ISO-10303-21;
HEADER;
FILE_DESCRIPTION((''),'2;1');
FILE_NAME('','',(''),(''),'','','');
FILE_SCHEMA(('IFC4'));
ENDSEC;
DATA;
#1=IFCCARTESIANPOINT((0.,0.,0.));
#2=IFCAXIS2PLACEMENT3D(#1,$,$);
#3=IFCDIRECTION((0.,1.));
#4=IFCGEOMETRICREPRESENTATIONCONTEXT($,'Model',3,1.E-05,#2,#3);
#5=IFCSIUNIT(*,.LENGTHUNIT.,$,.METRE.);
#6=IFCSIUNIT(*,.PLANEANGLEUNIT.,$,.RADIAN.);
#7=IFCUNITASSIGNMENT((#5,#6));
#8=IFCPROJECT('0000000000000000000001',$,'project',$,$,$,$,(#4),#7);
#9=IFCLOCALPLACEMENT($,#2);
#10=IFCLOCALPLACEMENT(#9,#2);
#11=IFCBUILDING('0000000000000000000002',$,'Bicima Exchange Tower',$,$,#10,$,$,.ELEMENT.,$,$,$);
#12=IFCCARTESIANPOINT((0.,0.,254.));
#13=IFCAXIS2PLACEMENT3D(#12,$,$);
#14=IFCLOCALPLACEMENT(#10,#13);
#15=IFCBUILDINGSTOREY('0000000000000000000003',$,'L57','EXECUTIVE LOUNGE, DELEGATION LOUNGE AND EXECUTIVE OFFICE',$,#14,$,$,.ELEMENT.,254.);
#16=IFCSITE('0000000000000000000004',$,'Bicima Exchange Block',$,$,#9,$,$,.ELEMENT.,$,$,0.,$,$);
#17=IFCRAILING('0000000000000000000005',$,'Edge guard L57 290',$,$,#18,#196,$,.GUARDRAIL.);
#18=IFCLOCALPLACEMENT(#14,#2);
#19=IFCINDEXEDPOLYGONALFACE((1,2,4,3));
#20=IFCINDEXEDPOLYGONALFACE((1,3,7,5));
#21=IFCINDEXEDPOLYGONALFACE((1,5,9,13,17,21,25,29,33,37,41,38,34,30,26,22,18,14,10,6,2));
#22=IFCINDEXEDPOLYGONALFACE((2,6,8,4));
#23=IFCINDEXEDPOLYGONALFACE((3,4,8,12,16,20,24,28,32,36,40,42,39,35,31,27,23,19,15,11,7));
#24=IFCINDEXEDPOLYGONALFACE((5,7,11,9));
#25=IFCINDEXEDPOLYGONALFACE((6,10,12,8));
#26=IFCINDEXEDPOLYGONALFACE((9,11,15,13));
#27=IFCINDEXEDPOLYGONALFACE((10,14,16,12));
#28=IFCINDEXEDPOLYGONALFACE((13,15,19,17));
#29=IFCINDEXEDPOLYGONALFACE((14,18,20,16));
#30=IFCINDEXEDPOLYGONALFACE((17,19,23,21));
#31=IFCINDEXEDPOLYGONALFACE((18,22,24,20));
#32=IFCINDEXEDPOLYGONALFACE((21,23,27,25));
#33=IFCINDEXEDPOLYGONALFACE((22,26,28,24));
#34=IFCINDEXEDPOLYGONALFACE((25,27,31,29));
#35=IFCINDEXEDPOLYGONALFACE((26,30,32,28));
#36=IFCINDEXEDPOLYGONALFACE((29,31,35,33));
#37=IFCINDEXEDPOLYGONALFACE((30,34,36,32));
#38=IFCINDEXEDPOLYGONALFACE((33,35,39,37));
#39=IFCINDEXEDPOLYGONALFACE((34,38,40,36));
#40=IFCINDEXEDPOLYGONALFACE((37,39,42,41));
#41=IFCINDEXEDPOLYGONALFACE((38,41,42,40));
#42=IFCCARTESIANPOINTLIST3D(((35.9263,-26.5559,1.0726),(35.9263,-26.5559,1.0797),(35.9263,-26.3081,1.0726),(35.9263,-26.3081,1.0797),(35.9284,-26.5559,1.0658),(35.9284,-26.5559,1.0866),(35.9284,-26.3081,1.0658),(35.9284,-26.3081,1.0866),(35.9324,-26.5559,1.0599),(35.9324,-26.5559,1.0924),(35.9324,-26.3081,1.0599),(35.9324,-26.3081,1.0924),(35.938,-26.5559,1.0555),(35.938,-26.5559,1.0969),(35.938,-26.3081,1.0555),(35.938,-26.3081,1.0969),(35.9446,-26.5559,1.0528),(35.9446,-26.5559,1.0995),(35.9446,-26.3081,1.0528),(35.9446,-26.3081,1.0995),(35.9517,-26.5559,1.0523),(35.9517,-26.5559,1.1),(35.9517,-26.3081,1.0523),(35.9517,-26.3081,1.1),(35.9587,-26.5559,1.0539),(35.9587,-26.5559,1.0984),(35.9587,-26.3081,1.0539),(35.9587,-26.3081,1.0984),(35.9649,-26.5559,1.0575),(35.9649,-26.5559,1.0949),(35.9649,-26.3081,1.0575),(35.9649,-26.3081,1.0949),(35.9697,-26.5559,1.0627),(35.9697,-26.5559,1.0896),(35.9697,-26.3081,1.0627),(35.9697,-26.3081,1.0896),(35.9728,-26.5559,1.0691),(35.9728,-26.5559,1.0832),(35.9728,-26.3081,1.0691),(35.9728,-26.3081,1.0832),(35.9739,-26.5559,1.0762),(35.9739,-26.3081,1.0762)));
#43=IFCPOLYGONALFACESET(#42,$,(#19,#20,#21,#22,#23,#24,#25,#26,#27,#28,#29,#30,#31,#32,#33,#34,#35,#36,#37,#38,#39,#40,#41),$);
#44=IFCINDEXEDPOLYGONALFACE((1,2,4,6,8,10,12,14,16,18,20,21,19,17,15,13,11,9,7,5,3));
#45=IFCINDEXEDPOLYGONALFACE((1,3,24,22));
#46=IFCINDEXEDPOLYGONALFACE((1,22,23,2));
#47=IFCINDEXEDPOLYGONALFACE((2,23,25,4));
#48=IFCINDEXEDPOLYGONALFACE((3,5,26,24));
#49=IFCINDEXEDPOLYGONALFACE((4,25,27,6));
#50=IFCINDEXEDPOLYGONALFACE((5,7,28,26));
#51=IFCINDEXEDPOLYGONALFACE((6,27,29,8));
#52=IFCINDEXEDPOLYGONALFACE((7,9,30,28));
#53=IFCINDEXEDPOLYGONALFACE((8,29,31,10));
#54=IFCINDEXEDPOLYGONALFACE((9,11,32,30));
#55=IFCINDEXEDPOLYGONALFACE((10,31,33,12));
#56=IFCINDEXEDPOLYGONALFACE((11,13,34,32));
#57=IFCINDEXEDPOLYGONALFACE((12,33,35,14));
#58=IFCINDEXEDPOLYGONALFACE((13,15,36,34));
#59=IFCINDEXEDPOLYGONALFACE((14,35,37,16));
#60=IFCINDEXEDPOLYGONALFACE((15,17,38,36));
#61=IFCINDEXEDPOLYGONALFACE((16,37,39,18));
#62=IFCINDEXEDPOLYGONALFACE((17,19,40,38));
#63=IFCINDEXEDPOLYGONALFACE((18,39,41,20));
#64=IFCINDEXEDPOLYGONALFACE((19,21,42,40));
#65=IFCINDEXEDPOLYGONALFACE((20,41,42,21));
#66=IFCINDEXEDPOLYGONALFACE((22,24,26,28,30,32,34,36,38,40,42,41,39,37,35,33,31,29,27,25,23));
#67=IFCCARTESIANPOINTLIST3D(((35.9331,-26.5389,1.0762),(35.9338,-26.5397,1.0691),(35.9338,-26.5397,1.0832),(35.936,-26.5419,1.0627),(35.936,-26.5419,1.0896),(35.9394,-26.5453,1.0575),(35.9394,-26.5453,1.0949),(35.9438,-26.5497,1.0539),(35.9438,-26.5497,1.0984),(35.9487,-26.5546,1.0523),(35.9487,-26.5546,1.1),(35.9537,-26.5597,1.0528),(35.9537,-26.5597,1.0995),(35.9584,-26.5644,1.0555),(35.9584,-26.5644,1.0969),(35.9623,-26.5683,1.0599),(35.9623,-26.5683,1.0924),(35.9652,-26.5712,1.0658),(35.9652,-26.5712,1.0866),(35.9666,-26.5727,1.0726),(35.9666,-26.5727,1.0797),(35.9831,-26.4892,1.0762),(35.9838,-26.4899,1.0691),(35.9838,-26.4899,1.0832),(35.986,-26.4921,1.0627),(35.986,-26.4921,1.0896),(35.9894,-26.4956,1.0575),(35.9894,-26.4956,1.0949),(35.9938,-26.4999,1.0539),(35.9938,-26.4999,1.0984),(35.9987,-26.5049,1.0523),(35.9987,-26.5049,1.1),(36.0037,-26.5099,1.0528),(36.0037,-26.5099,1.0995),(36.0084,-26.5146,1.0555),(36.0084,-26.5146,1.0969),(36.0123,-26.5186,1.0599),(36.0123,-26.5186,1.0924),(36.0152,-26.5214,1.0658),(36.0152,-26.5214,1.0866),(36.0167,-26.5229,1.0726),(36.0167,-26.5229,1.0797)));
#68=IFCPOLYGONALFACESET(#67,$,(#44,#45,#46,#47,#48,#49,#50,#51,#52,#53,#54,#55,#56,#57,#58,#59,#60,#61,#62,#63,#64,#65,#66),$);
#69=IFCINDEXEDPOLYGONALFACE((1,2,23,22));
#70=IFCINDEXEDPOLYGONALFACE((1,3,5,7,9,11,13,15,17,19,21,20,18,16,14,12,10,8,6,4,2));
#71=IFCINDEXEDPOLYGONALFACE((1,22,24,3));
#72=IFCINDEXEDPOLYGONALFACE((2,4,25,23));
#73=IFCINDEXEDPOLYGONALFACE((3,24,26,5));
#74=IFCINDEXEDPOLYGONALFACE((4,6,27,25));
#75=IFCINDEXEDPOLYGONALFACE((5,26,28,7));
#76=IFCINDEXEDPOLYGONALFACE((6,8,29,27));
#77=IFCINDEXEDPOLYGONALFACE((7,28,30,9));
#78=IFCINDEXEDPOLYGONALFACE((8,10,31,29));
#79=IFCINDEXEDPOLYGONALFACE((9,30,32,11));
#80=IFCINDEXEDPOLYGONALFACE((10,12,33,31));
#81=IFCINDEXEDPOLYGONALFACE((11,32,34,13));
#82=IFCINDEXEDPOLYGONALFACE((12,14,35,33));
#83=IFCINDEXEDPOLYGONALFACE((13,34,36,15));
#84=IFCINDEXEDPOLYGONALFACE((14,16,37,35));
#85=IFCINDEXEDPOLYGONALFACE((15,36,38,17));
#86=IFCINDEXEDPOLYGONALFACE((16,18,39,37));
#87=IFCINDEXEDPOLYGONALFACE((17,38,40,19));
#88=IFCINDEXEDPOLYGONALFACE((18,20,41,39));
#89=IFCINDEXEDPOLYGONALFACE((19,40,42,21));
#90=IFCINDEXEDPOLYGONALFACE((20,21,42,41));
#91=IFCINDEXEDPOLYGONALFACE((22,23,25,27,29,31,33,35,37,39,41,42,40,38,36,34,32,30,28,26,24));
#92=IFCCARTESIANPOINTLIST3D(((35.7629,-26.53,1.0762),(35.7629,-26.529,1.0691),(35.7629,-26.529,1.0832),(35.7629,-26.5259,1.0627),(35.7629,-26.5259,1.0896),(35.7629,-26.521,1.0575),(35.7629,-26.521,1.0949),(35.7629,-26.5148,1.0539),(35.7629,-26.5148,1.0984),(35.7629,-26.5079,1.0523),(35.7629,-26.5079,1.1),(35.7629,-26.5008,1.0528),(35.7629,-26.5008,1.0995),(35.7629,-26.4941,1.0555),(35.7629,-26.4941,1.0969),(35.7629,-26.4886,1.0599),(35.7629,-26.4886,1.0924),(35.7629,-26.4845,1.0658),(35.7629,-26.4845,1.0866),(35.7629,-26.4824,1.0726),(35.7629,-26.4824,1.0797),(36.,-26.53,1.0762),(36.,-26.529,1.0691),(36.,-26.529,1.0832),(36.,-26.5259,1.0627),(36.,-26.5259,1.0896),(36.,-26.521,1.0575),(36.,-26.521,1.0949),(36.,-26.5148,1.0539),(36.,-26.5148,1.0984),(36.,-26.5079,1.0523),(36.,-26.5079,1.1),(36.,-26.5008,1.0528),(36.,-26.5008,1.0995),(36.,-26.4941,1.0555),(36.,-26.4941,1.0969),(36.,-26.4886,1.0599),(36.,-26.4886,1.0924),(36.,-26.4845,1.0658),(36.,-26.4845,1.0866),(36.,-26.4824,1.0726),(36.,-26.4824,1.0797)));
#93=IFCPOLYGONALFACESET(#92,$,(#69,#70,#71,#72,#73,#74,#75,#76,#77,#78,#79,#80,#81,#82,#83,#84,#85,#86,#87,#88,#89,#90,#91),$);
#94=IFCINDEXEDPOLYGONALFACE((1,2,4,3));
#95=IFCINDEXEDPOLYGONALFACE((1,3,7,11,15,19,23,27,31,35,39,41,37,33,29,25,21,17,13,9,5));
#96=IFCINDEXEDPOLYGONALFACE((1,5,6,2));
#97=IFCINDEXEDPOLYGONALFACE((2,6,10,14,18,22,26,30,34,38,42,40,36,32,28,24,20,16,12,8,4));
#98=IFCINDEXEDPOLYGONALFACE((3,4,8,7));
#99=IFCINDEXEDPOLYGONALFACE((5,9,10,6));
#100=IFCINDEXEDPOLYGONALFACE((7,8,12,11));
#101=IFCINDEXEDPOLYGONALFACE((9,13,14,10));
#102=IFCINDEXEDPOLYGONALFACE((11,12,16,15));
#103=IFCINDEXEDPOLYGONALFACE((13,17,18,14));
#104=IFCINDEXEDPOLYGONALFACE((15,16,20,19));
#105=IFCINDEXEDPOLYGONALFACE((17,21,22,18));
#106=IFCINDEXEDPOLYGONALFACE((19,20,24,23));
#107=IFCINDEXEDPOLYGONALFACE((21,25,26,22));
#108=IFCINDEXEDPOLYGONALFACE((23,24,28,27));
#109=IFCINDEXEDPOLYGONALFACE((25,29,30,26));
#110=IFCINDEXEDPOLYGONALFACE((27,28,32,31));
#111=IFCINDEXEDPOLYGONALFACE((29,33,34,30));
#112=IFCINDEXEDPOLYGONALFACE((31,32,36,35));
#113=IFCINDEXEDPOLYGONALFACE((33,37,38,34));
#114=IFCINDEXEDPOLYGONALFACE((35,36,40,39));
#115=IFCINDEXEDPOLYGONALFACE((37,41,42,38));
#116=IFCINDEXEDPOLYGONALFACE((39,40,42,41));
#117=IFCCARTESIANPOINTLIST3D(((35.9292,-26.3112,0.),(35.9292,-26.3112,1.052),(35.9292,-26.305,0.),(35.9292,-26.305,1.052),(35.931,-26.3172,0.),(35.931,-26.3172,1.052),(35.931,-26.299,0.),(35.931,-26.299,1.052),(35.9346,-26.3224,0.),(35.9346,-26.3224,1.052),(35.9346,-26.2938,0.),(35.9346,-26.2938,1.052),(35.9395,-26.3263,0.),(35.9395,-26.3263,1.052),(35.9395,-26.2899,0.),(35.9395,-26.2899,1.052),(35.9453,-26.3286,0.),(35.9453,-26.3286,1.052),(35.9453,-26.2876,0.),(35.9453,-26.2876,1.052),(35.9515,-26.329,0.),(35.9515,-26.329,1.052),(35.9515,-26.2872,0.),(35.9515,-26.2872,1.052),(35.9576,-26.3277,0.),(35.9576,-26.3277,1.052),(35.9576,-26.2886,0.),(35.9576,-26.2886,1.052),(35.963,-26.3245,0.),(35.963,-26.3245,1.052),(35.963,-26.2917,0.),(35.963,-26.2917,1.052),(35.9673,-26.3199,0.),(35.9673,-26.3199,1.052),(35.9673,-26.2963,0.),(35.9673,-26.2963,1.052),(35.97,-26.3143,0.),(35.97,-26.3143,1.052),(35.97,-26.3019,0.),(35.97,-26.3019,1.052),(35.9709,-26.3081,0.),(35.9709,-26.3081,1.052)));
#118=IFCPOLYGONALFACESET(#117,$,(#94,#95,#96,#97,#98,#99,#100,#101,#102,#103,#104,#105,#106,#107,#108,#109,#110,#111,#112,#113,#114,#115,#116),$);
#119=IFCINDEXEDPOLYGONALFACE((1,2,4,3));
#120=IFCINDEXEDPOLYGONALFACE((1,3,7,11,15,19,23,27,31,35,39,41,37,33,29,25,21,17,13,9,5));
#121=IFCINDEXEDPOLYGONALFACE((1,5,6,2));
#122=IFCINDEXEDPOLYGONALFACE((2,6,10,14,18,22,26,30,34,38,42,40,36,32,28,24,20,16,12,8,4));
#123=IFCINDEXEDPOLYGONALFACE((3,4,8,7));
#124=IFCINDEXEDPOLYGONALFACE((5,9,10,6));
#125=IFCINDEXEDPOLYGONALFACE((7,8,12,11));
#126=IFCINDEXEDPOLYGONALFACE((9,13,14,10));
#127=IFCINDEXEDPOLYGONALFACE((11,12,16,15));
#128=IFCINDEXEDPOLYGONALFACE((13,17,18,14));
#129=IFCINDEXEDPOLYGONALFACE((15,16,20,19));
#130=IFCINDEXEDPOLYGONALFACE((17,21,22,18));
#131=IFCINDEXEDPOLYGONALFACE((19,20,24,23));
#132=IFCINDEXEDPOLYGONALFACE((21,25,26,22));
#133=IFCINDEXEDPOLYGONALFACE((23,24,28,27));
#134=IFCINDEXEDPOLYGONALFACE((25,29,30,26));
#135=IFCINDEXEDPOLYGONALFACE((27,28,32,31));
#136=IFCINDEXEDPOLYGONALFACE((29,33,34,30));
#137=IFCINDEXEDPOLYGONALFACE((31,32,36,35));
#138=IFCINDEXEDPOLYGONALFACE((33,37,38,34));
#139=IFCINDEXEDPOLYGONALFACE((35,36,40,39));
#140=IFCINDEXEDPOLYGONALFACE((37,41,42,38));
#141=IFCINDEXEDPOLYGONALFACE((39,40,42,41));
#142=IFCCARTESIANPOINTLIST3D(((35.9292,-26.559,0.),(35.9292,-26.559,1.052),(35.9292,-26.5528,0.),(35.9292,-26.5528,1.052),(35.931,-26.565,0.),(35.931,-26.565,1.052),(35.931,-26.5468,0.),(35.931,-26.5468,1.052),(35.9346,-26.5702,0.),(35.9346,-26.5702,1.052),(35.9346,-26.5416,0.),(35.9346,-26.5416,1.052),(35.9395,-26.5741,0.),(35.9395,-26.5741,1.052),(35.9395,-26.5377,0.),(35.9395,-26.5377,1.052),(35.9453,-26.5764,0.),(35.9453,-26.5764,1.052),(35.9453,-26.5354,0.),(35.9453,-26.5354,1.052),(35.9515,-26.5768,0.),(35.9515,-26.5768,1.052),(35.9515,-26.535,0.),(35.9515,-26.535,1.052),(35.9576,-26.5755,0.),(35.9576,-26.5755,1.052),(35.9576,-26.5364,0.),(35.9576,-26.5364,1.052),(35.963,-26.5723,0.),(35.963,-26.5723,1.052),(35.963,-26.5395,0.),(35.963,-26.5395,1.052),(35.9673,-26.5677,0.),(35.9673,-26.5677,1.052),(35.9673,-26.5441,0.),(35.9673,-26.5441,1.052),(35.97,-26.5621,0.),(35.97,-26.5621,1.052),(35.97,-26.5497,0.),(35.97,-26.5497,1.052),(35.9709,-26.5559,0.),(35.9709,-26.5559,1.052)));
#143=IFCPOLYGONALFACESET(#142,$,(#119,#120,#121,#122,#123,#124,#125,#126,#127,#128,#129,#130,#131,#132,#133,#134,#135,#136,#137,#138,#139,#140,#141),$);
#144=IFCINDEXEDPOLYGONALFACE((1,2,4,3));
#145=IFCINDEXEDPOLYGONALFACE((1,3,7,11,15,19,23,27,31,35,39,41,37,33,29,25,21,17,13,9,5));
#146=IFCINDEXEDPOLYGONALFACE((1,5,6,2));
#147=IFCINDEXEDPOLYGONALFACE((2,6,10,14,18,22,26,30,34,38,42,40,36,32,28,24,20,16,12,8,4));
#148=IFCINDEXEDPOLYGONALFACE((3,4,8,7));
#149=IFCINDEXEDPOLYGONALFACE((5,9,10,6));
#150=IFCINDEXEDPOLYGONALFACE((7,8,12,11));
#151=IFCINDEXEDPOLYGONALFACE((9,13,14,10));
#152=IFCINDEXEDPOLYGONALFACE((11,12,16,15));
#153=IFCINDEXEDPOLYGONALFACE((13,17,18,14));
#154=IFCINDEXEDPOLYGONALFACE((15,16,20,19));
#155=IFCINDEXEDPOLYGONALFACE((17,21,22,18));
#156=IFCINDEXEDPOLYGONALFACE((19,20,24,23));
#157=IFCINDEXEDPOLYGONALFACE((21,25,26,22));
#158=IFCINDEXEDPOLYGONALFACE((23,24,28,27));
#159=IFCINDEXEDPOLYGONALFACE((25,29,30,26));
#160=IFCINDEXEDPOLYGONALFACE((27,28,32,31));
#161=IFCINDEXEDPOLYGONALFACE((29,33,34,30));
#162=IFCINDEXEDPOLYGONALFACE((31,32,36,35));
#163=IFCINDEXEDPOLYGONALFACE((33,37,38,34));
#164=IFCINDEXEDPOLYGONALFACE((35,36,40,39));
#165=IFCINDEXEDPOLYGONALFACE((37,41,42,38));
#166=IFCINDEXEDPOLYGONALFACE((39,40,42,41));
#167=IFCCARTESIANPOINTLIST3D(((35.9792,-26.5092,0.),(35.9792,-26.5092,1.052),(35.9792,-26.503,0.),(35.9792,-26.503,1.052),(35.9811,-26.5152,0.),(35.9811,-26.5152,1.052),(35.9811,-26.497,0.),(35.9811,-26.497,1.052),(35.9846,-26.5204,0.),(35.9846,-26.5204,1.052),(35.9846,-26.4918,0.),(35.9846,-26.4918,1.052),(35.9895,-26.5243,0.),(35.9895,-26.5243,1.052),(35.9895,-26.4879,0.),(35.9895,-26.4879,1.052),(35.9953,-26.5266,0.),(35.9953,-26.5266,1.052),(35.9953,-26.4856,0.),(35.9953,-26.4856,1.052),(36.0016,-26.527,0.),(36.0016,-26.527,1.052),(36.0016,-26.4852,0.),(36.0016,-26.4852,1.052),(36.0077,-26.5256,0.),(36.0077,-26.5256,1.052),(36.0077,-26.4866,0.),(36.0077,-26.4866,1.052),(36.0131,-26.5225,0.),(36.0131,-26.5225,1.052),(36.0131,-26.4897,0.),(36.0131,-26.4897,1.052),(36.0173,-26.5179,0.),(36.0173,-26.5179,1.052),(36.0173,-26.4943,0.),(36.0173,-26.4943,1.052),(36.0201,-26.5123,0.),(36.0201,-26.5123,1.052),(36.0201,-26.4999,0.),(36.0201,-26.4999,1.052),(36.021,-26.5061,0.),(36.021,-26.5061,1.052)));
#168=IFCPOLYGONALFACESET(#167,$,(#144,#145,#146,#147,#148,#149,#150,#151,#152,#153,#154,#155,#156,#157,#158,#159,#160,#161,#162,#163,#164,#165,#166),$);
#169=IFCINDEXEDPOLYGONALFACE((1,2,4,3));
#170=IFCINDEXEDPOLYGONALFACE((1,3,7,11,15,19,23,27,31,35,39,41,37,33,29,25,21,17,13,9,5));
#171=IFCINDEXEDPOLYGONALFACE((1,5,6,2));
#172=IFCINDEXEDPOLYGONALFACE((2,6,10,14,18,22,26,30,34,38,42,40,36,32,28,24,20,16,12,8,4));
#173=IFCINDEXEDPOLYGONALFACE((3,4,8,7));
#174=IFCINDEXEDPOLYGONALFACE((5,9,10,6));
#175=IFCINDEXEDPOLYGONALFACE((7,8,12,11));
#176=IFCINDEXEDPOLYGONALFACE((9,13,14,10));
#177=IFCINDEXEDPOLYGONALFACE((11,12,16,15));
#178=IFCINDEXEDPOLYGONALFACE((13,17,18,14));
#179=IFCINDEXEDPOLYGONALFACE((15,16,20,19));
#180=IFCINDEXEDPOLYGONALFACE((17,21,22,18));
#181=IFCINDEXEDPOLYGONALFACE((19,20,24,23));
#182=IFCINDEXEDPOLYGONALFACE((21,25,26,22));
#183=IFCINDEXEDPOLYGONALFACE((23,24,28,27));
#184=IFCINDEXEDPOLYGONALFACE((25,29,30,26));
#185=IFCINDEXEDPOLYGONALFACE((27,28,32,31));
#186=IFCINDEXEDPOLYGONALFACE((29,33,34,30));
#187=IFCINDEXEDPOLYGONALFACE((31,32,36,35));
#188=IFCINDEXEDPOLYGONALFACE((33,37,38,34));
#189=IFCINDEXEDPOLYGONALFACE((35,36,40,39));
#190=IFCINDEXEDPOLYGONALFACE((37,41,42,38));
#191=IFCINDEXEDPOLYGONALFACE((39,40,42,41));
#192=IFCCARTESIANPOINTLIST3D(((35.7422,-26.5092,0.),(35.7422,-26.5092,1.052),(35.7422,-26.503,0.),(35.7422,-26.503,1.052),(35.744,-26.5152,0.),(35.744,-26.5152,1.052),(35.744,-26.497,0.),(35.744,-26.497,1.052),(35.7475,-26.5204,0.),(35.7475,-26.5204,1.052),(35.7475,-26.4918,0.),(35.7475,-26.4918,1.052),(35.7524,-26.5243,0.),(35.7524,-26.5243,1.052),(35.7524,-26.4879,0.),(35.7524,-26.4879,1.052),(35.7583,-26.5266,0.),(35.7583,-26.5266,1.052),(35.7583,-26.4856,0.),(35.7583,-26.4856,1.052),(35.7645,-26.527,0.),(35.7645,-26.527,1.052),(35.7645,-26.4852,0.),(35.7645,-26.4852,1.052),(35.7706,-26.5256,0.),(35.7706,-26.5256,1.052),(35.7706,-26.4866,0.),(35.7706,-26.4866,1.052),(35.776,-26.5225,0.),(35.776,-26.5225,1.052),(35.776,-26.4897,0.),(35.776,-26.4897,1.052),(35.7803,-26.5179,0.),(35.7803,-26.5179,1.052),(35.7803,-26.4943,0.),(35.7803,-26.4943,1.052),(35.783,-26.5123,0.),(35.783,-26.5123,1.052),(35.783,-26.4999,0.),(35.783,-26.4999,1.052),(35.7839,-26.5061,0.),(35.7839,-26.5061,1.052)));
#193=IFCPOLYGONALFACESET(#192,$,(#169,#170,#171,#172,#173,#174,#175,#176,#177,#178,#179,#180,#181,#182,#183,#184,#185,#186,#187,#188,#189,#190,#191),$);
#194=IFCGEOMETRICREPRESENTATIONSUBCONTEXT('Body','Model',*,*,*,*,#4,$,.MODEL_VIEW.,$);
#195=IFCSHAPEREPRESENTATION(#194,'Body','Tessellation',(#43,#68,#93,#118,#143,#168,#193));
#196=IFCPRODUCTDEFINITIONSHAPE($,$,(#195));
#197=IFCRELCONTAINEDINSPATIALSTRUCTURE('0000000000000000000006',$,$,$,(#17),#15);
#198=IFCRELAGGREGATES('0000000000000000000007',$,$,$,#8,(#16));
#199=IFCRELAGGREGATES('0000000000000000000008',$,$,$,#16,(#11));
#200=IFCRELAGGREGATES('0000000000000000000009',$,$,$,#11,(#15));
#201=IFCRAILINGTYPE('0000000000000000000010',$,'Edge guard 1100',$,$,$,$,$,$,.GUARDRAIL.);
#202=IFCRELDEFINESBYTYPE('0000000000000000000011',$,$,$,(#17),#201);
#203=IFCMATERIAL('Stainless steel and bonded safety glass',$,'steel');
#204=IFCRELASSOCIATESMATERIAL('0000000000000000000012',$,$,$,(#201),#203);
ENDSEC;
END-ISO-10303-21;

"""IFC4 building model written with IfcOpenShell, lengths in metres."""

from ifc_helpers import new_model, si_unit, direction, frame, origin, origin_2d, place, context, subcontext, project, spatial, circle, extrude, material, type_object, element, save


model = new_model("IFC4")

# Units and contexts
model_context = context("Model", 3, precision=1e-05, world=origin(), true_north=direction((0.0, 1.0)))
body_context = subcontext(model_context, "Body", "Model", "MODEL_VIEW")
ifc_project = project(units=[si_unit("LENGTHUNIT", "METRE"), si_unit("PLANEANGLEUNIT", "RADIAN")], contexts=[model_context])

# Site, building, storey
site_placement = place(None, origin())
site = spatial("IfcSite", under=ifc_project, at=site_placement, Name="Bicima Exchange Block", CompositionType="ELEMENT", RefElevation=0.0)
building_placement = place(site_placement, origin())
building = spatial("IfcBuilding", under=site, at=building_placement, Name="Bicima Exchange Tower", CompositionType="ELEMENT")
storey_placement = place(building_placement, frame((0.0, 0.0, 254.0)))
storey = spatial("IfcBuildingStorey", under=building, at=storey_placement, Name="L57", Description="EXECUTIVE LOUNGE, DELEGATION LOUNGE AND EXECUTIVE OFFICE", CompositionType="ELEMENT", Elevation=254.0)

# Railing
ifc_material_1 = material(Name="Stainless steel and bonded safety glass", Category="steel")
railing_type = type_object("IfcRailingType", Name="Edge guard 1100", PredefinedType="GUARDRAIL", material=ifc_material_1)
railing_placement = place(storey_placement, frame((35.95, -26.3081, 0.0)))
element("IfcRailing", 1, at=railing_placement, inside=storey, type_object=railing_type, Name="Edge guard L57 290", PredefinedType="GUARDRAIL", context=body_context, shape_type="SweptSolid", body=[
    extrude(circle(Radius=0.0239, at=origin_2d()), frame((0.0, 0.0, 1.0762), z_axis=(0.0, -1.0, 0.0), x_axis=(1.0, 0.0, 0.0)), (0.0, 0.0, 1.0), 0.2478),
    extrude(circle(Radius=0.0239, at=origin_2d()), frame((0.0, -0.2478, 1.0762), z_axis=(0.708834, 0.705376, 0.0), x_axis=(-0.705376, 0.708834, 0.0)), (0.0, 0.0, 1.0), 0.0706),
    extrude(circle(Radius=0.0239, at=origin_2d()), frame((0.05, -0.198, 1.0762), z_axis=(-1.0, 0.0, 0.0), x_axis=(0.0, -1.0, 0.0)), (0.0, 0.0, 1.0), 0.2371),
    extrude(circle(Radius=0.021, at=origin_2d()), origin(), (0.0, 0.0, 1.0), 1.052),
    extrude(circle(Radius=0.021, at=origin_2d()), frame((0.0, -0.2478, 0.0)), (0.0, 0.0, 1.0), 1.052),
    extrude(circle(Radius=0.021, at=origin_2d()), frame((0.05, -0.198, 0.0)), (0.0, 0.0, 1.0), 1.052),
    extrude(circle(Radius=0.021, at=origin_2d()), frame((-0.187, -0.198, 0.0)), (0.0, 0.0, 1.0), 1.052),
])

save(model, "model.ifc")
